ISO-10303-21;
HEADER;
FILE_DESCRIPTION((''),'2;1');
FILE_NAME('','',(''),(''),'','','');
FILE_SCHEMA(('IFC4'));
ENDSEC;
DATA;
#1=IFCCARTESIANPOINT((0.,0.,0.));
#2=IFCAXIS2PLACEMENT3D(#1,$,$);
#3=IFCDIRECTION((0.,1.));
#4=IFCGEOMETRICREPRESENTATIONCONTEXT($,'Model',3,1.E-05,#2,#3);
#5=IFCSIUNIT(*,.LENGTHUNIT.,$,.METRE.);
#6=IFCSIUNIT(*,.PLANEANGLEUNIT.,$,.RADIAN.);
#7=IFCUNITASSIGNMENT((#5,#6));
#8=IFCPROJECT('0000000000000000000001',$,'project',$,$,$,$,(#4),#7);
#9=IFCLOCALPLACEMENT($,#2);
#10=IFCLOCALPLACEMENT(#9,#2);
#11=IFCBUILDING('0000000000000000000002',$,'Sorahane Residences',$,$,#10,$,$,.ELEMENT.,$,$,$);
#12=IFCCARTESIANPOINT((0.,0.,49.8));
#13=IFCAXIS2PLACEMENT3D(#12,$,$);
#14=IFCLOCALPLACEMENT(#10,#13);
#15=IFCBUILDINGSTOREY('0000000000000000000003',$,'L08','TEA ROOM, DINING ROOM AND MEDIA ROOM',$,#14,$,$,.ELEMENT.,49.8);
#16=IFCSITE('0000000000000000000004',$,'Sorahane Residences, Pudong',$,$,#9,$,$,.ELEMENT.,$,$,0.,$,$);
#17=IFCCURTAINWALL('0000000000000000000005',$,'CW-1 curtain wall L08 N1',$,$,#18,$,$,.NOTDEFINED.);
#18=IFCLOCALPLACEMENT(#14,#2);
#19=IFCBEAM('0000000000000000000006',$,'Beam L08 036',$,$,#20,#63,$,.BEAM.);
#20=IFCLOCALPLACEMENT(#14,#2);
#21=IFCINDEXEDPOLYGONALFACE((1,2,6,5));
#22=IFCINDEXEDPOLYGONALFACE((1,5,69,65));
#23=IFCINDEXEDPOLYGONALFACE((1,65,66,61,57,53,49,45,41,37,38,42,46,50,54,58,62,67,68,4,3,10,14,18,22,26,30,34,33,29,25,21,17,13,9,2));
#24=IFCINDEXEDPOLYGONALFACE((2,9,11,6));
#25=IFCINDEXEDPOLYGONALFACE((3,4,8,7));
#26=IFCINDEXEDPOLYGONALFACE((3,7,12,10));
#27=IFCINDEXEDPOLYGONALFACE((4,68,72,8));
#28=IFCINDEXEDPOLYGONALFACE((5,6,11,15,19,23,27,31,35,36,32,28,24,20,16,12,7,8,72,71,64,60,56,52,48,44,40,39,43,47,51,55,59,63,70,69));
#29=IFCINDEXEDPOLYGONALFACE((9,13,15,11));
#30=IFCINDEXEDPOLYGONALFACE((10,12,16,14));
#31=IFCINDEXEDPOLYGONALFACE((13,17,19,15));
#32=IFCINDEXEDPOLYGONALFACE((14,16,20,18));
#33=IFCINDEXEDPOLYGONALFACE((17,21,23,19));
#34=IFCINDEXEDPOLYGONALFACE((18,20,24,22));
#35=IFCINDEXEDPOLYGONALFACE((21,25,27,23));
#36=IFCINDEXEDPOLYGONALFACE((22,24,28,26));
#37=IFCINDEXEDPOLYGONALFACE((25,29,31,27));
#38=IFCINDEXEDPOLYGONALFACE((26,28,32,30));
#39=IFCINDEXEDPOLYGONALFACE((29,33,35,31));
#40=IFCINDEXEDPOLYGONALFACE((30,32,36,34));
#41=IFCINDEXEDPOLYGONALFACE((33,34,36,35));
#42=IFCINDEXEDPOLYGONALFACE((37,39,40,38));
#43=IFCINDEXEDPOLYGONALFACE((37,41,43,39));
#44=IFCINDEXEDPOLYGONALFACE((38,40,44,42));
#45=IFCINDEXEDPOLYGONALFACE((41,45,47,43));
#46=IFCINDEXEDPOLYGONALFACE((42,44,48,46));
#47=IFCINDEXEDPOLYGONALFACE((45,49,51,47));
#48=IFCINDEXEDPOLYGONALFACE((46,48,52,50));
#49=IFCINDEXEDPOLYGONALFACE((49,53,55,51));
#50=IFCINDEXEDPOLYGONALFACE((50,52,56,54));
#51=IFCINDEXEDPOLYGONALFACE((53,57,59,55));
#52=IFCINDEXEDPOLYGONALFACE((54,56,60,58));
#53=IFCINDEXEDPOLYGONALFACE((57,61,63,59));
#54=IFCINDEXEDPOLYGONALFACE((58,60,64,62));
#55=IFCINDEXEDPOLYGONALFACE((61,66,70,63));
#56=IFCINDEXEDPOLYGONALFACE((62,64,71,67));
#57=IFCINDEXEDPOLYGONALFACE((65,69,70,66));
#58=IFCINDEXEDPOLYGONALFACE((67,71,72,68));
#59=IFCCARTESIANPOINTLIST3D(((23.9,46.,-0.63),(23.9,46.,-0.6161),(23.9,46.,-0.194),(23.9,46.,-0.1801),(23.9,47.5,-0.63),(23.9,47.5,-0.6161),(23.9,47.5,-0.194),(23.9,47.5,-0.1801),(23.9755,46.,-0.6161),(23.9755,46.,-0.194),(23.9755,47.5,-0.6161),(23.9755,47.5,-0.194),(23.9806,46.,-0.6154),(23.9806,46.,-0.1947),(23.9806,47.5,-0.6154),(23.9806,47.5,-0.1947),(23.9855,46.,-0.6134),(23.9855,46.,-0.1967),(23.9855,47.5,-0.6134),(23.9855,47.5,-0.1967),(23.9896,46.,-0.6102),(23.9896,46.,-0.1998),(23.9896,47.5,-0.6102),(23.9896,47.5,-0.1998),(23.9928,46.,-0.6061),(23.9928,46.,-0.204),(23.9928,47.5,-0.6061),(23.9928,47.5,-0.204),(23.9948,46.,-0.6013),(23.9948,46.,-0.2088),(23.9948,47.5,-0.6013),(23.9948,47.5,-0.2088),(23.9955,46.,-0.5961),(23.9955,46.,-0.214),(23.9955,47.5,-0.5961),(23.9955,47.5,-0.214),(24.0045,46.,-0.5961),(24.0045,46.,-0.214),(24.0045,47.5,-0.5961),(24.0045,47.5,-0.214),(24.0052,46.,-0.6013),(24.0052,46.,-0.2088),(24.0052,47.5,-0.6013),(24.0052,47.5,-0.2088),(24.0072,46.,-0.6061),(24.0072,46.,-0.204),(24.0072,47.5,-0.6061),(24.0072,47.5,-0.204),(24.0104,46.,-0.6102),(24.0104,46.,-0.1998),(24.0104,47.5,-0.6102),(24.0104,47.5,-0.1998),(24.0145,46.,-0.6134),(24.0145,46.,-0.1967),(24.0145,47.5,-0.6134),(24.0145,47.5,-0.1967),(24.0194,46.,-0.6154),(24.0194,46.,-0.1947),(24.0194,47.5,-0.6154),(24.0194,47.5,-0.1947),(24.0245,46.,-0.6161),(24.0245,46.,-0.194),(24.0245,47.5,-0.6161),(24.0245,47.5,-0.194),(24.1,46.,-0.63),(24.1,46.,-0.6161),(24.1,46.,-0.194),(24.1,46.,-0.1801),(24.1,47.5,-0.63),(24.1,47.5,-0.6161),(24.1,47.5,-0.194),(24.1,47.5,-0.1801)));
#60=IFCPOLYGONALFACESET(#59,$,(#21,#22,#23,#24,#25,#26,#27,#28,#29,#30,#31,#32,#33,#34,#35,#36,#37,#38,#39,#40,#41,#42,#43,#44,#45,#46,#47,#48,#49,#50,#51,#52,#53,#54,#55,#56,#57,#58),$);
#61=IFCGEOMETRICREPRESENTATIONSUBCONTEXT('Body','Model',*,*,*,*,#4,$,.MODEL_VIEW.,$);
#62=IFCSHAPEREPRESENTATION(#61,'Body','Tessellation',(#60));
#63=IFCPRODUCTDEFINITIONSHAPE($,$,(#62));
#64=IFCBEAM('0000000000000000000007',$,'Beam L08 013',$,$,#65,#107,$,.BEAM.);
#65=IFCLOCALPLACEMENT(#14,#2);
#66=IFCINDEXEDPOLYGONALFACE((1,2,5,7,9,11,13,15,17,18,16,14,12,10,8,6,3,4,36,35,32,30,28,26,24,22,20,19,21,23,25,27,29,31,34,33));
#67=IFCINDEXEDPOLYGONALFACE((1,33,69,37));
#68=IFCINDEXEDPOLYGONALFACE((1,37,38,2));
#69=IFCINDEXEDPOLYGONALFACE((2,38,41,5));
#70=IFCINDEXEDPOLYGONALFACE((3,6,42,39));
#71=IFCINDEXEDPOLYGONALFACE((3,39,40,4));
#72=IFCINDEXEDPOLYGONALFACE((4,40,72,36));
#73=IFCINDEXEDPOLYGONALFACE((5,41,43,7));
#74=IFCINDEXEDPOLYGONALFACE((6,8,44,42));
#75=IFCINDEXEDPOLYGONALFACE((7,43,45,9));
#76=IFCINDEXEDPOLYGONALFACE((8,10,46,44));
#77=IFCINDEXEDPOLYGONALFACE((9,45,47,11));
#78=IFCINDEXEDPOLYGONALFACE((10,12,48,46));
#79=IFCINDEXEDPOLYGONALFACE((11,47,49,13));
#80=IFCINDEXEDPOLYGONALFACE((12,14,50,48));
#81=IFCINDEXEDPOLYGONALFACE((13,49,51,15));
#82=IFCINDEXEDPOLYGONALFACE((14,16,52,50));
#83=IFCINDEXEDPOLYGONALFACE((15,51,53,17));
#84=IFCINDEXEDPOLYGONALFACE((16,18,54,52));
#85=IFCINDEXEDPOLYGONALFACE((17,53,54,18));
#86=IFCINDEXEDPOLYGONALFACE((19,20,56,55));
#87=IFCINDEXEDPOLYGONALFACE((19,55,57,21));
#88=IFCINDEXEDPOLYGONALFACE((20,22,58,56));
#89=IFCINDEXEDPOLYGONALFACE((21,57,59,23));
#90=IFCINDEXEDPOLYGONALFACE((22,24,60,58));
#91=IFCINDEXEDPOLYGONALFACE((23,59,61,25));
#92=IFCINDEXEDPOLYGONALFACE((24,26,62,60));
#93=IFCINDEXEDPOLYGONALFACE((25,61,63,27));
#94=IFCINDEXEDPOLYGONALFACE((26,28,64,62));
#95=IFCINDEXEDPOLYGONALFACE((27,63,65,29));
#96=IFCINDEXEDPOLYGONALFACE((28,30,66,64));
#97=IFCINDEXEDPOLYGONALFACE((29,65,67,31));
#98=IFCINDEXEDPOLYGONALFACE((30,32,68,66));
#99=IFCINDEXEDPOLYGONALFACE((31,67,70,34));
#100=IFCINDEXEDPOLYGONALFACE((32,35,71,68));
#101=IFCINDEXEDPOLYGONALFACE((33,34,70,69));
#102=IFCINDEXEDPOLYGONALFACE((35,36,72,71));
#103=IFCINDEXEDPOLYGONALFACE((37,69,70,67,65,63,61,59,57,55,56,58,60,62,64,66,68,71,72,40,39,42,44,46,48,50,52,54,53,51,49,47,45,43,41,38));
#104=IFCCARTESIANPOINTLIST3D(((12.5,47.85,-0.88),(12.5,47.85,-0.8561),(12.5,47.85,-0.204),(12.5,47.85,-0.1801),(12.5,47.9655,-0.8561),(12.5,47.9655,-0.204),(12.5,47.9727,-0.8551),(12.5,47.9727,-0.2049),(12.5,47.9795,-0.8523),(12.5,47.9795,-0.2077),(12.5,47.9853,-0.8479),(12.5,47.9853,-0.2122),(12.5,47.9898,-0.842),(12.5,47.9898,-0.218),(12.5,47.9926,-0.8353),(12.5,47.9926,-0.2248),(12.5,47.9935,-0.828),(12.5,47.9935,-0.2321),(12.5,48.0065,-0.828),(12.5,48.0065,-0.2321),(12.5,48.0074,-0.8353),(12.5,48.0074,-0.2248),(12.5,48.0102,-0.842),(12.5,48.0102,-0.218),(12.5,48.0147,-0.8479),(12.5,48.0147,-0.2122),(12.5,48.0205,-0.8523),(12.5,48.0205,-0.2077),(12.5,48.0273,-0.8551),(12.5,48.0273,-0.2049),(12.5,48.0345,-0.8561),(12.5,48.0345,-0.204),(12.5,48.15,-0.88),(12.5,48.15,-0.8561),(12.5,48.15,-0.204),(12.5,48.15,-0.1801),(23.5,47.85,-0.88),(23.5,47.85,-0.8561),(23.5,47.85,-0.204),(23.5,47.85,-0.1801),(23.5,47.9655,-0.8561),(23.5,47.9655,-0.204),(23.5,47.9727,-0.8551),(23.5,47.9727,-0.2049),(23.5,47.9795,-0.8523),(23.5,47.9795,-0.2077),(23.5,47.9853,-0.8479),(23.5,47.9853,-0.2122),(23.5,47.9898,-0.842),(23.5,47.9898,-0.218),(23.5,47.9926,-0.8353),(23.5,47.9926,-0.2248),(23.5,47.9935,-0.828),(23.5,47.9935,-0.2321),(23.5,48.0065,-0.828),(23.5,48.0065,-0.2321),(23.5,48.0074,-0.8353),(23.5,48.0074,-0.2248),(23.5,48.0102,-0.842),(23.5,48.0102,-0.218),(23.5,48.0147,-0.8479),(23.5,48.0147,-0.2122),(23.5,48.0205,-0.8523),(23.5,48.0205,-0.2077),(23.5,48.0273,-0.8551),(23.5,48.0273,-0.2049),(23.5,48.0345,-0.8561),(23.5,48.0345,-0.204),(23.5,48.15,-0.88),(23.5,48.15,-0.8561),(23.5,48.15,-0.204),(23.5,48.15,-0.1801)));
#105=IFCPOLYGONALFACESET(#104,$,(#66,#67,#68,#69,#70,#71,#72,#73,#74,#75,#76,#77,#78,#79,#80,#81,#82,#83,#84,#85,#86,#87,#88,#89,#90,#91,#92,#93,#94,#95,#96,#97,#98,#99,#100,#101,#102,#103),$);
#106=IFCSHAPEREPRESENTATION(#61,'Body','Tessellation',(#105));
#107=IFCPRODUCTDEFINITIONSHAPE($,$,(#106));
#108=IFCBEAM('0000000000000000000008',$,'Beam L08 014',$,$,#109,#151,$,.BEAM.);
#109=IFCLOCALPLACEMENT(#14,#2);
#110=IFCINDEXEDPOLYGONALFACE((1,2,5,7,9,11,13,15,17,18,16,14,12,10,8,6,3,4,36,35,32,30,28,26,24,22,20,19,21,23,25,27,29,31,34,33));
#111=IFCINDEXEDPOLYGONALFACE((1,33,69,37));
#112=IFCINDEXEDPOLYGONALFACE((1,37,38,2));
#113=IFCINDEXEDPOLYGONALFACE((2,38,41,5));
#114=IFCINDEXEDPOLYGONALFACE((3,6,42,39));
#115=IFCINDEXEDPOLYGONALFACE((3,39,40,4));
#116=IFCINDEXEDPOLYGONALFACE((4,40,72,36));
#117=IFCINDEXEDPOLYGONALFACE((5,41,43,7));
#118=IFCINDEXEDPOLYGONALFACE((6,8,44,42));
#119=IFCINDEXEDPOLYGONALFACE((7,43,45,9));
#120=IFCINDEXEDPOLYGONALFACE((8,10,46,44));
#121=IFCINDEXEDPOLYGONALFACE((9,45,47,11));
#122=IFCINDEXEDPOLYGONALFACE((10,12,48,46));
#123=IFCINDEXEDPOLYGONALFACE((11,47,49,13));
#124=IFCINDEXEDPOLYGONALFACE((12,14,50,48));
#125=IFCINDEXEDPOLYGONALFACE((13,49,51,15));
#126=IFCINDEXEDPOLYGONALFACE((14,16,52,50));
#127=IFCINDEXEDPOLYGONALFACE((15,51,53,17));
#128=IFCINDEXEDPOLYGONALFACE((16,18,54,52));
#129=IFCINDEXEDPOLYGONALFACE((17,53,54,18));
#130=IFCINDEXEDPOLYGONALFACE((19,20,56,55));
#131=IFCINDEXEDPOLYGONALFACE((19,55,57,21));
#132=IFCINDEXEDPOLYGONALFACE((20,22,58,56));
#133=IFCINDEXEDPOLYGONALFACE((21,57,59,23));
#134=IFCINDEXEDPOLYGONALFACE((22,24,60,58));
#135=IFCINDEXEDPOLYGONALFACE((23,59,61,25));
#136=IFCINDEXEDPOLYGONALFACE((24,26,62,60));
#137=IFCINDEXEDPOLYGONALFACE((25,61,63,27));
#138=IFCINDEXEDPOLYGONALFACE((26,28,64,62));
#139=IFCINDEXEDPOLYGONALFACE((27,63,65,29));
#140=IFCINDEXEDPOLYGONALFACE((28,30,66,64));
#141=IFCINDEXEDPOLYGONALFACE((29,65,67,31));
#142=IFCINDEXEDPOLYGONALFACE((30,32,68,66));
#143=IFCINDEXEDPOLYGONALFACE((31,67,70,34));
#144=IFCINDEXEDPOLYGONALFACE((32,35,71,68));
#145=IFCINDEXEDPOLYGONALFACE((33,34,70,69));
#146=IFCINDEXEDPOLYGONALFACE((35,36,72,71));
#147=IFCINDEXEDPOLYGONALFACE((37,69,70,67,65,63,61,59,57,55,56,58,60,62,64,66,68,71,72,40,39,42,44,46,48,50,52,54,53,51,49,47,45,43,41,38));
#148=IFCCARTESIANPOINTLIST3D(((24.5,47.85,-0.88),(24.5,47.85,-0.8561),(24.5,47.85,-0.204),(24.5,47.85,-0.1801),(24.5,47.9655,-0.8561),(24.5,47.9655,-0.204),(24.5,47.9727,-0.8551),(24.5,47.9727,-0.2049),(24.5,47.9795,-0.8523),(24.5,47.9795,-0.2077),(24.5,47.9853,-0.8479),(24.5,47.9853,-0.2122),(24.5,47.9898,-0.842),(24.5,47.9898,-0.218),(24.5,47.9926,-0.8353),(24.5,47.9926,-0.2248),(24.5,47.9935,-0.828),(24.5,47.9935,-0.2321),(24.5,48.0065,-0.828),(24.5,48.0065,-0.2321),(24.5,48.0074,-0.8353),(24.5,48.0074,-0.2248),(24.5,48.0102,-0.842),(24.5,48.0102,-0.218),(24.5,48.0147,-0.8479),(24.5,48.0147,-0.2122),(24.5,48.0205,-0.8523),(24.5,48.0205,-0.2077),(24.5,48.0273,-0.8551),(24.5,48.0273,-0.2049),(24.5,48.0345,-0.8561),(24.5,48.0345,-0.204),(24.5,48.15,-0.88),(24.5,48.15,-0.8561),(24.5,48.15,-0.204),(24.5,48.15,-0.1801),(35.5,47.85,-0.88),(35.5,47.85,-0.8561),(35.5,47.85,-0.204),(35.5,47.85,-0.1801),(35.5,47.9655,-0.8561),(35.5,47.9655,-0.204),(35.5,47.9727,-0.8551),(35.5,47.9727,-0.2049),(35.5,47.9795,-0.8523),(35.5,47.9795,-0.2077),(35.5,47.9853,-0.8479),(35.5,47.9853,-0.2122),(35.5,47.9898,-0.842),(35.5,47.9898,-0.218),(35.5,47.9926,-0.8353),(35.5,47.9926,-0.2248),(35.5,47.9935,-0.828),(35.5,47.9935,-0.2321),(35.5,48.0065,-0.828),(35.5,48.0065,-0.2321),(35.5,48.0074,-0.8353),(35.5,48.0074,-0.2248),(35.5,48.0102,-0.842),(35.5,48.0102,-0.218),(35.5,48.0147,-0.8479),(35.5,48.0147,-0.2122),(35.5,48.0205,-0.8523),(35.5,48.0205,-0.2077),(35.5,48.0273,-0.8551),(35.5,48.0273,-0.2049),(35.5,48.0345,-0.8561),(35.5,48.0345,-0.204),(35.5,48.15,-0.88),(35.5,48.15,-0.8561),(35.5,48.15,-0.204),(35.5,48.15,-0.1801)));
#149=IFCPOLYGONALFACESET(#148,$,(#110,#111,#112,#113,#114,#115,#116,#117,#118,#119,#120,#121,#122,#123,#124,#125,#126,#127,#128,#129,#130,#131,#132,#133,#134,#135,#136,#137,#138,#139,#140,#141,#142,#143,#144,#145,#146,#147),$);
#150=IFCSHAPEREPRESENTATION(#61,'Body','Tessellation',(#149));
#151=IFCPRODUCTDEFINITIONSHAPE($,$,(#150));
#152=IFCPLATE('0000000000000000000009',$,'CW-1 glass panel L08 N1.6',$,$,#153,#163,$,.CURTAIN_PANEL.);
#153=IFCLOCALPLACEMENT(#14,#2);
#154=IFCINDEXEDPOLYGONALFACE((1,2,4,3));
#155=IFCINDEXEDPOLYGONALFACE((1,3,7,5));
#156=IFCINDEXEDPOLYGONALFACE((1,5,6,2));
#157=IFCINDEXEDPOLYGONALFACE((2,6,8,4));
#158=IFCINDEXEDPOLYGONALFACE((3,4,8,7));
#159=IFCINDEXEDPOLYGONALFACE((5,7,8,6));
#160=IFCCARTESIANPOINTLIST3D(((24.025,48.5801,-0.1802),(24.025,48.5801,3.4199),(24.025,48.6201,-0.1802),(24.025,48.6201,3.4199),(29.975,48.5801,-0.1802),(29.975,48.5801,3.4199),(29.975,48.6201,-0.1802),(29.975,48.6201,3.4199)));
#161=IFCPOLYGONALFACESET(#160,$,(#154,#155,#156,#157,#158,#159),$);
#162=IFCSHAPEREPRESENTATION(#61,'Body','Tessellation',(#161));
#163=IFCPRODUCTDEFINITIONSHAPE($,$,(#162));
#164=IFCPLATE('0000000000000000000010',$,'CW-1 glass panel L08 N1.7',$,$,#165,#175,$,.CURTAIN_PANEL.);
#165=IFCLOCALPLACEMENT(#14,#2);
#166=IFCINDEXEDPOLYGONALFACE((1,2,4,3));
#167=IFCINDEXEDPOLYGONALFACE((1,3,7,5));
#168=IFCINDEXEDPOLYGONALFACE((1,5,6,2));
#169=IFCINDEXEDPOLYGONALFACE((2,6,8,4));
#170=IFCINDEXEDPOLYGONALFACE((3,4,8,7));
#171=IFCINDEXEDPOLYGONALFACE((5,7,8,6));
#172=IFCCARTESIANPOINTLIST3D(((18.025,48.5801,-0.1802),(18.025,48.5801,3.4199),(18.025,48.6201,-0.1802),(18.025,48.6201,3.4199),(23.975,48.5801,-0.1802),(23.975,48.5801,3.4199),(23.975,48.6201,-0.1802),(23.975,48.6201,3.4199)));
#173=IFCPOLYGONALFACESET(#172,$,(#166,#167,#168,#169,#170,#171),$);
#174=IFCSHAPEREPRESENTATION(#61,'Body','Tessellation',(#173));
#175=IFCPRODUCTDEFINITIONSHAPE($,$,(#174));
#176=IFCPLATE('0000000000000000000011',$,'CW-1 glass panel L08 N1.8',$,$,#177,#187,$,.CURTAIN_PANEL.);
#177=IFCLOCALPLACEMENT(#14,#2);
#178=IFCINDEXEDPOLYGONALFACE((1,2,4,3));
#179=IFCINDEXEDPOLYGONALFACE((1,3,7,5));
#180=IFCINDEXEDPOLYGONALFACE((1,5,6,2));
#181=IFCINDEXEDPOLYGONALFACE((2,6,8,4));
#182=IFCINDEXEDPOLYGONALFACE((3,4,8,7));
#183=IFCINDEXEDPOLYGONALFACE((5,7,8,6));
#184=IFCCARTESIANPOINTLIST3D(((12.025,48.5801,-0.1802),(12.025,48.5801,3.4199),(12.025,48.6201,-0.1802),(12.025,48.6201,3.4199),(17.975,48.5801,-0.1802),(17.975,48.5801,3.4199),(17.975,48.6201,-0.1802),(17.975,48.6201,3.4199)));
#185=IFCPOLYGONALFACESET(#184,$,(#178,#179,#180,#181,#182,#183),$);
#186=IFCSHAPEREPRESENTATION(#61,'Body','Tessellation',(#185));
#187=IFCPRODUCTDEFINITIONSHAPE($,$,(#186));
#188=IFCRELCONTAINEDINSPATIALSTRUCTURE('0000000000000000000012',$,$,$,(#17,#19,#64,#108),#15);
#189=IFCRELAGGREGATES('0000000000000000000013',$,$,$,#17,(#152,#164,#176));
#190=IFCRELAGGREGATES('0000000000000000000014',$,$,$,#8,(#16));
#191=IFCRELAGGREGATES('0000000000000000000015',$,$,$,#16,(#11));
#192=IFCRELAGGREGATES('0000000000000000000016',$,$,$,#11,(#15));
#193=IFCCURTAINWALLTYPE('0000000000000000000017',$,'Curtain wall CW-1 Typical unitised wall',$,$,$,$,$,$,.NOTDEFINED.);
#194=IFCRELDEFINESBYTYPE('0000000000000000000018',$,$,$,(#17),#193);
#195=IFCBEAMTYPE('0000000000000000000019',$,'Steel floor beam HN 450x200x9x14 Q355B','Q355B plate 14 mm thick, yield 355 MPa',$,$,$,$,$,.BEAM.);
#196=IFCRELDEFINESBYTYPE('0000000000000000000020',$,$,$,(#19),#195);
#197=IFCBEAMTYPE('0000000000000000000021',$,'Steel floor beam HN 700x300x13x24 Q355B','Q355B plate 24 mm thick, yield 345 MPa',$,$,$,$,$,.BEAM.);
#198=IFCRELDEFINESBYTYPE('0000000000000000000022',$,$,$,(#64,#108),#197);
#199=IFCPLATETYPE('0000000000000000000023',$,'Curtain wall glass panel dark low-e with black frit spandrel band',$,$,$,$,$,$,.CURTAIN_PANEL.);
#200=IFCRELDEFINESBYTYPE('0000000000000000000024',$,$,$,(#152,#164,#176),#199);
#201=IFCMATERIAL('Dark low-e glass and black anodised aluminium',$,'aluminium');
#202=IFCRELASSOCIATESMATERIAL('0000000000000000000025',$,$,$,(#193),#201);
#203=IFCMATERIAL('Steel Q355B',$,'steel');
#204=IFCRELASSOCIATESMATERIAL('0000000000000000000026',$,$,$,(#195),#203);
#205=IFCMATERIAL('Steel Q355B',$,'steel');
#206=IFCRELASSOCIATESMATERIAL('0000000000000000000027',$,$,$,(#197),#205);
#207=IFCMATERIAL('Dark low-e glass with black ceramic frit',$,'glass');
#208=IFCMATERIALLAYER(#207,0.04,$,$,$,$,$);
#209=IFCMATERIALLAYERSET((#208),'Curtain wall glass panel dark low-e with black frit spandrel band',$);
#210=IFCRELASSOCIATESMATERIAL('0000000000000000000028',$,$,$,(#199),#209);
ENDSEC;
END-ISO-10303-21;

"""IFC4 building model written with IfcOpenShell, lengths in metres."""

from ifc_helpers import new_model, si_unit, direction, frame, origin, origin_2d, place, context, subcontext, project, spatial, rectangle, i_section, extrude, material, layer, layer_set, material_profile, profile_set, type_object, element, aggregate, save


model = new_model("IFC4")

# Units and contexts
model_context = context("Model", 3, precision=1e-05, world=origin(), true_north=direction((0.0, 1.0)))
body_context = subcontext(model_context, "Body", "Model", "MODEL_VIEW")
ifc_project = project(units=[si_unit("LENGTHUNIT", "METRE"), si_unit("PLANEANGLEUNIT", "RADIAN")], contexts=[model_context])

# Site, building, storey
site_placement = place(None, origin())
site = spatial("IfcSite", under=ifc_project, at=site_placement, Name="Sorahane Residences, Pudong", CompositionType="ELEMENT", RefElevation=0.0)
building_placement = place(site_placement, origin())
building = spatial("IfcBuilding", under=site, at=building_placement, Name="Sorahane Residences", CompositionType="ELEMENT")
storey_placement = place(building_placement, frame((0.0, 0.0, 49.8)))
storey = spatial("IfcBuildingStorey", under=building, at=storey_placement, Name="L08", Description="TEA ROOM, DINING ROOM AND MEDIA ROOM", CompositionType="ELEMENT", Elevation=49.8)

# Curtain wall
ifc_material_1 = material(Name="Dark low-e glass and black anodised aluminium", Category="aluminium")
curtain_wall_type = type_object("IfcCurtainWallType", Name="Curtain wall CW-1 Typical unitised wall", PredefinedType="NOTDEFINED", material=ifc_material_1)
curtain_wall_placement = place(storey_placement, origin())
curtain_wall = element("IfcCurtainWall", 1, at=curtain_wall_placement, inside=storey, type_object=curtain_wall_type, Name="CW-1 curtain wall L08 N1", PredefinedType="NOTDEFINED")

# Beams
ifc_material_2 = material(Name="Steel Q355B", Category="steel")
ifc_material_profile_1 = material_profile(ifc_material_2, i_section(OverallWidth=0.2, OverallDepth=0.45, WebThickness=0.009, FlangeThickness=0.0139, FilletRadius=0.02, at=origin_2d()), Name="HN 450x200x9x14")
ifc_profile_set_1 = profile_set([ifc_material_profile_1], Name="Steel Q355B")
beam_type_1 = type_object("IfcBeamType", Name="Steel floor beam HN 450x200x9x14 Q355B", Description="Q355B plate 14 mm thick, yield 355 MPa", PredefinedType="BEAM", material=ifc_profile_set_1)
beam_1_placement = place(storey_placement, frame((24.0, 46.0, -0.405), z_axis=(0.0, 1.0, 0.0), x_axis=(-1.0, 0.0, 0.0)))
element("IfcBeam", 2, at=beam_1_placement, inside=storey, type_object=beam_type_1, Name="Beam L08 036", PredefinedType="BEAM", context=body_context, shape_type="SweptSolid", body=[
    extrude(i_section(OverallWidth=0.2, OverallDepth=0.45, WebThickness=0.009, FlangeThickness=0.0139, FilletRadius=0.02, at=origin_2d()), origin(), (0.0, 0.0, 1.0), 1.5),
])
ifc_material_3 = material(Name="Steel Q355B", Category="steel")
ifc_material_profile_2 = material_profile(ifc_material_3, i_section(OverallWidth=0.3, OverallDepth=0.7, WebThickness=0.0129, FlangeThickness=0.0239, FilletRadius=0.0281, at=origin_2d()), Name="HN 700x300x13x24")
ifc_profile_set_2 = profile_set([ifc_material_profile_2], Name="Steel Q355B")
beam_type_2 = type_object("IfcBeamType", Name="Steel floor beam HN 700x300x13x24 Q355B", Description="Q355B plate 24 mm thick, yield 345 MPa", PredefinedType="BEAM", material=ifc_profile_set_2)
for number, where, z_axis, x_axis, name in (
    (3, (12.5, 48.0, -0.53), (1.0, 0.0, 0.0), (0.0, 1.0, 0.0), "Beam L08 013"),
    (4, (24.5, 48.0, -0.53), (1.0, 0.0, 0.0), (0.0, 1.0, 0.0), "Beam L08 014"),
):
    element("IfcBeam", number, at=place(storey_placement, frame(where, z_axis=z_axis, x_axis=x_axis)), inside=storey, type_object=beam_type_2, Name=name, PredefinedType="BEAM", context=body_context, shape_type="SweptSolid", body=[
        extrude(i_section(OverallWidth=0.3, OverallDepth=0.7, WebThickness=0.0129, FlangeThickness=0.0239, FilletRadius=0.0281, at=origin_2d()), origin(), (0.0, 0.0, 1.0), 11.0),
    ])

# Plates
ifc_material_4 = material(Name="Dark low-e glass with black ceramic frit", Category="glass")
ifc_layer_1 = layer(ifc_material_4, 0.04)
ifc_layer_set_1 = layer_set([ifc_layer_1], Name="Curtain wall glass panel dark low-e with black frit spandrel band")
plate_type = type_object("IfcPlateType", Name="Curtain wall glass panel dark low-e with black frit spandrel band", PredefinedType="CURTAIN_PANEL", material=ifc_layer_set_1)
plate_1_placement = place(storey_placement, frame((27.0, 48.6001, -0.1802), z_axis=(0.0, 0.0, 1.0), x_axis=(-1.0, 0.0, 0.0)))
plate_1 = element("IfcPlate", 5, at=plate_1_placement, type_object=plate_type, Name="CW-1 glass panel L08 N1.6", PredefinedType="CURTAIN_PANEL", context=body_context, shape_type="SweptSolid", body=[
    extrude(rectangle(XDim=5.95, YDim=0.04, at=origin_2d()), origin(), (0.0, 0.0, 1.0), 3.6001),
])
plate_2_placement = place(storey_placement, frame((21.0, 48.6001, -0.1802), z_axis=(0.0, 0.0, 1.0), x_axis=(-1.0, 0.0, 0.0)))
plate_2 = element("IfcPlate", 6, at=plate_2_placement, type_object=plate_type, Name="CW-1 glass panel L08 N1.7", PredefinedType="CURTAIN_PANEL", context=body_context, shape_type="SweptSolid", body=[
    extrude(rectangle(XDim=5.95, YDim=0.04, at=origin_2d()), origin(), (0.0, 0.0, 1.0), 3.6001),
])
plate_3_placement = place(storey_placement, frame((15.0, 48.6001, -0.1802), z_axis=(0.0, 0.0, 1.0), x_axis=(-1.0, 0.0, 0.0)))
plate_3 = element("IfcPlate", 7, at=plate_3_placement, type_object=plate_type, Name="CW-1 glass panel L08 N1.8", PredefinedType="CURTAIN_PANEL", context=body_context, shape_type="SweptSolid", body=[
    extrude(rectangle(XDim=5.95, YDim=0.04, at=origin_2d()), origin(), (0.0, 0.0, 1.0), 3.6001),
])
aggregate(curtain_wall, [plate_1, plate_2, plate_3])

save(model, "model.ifc")
